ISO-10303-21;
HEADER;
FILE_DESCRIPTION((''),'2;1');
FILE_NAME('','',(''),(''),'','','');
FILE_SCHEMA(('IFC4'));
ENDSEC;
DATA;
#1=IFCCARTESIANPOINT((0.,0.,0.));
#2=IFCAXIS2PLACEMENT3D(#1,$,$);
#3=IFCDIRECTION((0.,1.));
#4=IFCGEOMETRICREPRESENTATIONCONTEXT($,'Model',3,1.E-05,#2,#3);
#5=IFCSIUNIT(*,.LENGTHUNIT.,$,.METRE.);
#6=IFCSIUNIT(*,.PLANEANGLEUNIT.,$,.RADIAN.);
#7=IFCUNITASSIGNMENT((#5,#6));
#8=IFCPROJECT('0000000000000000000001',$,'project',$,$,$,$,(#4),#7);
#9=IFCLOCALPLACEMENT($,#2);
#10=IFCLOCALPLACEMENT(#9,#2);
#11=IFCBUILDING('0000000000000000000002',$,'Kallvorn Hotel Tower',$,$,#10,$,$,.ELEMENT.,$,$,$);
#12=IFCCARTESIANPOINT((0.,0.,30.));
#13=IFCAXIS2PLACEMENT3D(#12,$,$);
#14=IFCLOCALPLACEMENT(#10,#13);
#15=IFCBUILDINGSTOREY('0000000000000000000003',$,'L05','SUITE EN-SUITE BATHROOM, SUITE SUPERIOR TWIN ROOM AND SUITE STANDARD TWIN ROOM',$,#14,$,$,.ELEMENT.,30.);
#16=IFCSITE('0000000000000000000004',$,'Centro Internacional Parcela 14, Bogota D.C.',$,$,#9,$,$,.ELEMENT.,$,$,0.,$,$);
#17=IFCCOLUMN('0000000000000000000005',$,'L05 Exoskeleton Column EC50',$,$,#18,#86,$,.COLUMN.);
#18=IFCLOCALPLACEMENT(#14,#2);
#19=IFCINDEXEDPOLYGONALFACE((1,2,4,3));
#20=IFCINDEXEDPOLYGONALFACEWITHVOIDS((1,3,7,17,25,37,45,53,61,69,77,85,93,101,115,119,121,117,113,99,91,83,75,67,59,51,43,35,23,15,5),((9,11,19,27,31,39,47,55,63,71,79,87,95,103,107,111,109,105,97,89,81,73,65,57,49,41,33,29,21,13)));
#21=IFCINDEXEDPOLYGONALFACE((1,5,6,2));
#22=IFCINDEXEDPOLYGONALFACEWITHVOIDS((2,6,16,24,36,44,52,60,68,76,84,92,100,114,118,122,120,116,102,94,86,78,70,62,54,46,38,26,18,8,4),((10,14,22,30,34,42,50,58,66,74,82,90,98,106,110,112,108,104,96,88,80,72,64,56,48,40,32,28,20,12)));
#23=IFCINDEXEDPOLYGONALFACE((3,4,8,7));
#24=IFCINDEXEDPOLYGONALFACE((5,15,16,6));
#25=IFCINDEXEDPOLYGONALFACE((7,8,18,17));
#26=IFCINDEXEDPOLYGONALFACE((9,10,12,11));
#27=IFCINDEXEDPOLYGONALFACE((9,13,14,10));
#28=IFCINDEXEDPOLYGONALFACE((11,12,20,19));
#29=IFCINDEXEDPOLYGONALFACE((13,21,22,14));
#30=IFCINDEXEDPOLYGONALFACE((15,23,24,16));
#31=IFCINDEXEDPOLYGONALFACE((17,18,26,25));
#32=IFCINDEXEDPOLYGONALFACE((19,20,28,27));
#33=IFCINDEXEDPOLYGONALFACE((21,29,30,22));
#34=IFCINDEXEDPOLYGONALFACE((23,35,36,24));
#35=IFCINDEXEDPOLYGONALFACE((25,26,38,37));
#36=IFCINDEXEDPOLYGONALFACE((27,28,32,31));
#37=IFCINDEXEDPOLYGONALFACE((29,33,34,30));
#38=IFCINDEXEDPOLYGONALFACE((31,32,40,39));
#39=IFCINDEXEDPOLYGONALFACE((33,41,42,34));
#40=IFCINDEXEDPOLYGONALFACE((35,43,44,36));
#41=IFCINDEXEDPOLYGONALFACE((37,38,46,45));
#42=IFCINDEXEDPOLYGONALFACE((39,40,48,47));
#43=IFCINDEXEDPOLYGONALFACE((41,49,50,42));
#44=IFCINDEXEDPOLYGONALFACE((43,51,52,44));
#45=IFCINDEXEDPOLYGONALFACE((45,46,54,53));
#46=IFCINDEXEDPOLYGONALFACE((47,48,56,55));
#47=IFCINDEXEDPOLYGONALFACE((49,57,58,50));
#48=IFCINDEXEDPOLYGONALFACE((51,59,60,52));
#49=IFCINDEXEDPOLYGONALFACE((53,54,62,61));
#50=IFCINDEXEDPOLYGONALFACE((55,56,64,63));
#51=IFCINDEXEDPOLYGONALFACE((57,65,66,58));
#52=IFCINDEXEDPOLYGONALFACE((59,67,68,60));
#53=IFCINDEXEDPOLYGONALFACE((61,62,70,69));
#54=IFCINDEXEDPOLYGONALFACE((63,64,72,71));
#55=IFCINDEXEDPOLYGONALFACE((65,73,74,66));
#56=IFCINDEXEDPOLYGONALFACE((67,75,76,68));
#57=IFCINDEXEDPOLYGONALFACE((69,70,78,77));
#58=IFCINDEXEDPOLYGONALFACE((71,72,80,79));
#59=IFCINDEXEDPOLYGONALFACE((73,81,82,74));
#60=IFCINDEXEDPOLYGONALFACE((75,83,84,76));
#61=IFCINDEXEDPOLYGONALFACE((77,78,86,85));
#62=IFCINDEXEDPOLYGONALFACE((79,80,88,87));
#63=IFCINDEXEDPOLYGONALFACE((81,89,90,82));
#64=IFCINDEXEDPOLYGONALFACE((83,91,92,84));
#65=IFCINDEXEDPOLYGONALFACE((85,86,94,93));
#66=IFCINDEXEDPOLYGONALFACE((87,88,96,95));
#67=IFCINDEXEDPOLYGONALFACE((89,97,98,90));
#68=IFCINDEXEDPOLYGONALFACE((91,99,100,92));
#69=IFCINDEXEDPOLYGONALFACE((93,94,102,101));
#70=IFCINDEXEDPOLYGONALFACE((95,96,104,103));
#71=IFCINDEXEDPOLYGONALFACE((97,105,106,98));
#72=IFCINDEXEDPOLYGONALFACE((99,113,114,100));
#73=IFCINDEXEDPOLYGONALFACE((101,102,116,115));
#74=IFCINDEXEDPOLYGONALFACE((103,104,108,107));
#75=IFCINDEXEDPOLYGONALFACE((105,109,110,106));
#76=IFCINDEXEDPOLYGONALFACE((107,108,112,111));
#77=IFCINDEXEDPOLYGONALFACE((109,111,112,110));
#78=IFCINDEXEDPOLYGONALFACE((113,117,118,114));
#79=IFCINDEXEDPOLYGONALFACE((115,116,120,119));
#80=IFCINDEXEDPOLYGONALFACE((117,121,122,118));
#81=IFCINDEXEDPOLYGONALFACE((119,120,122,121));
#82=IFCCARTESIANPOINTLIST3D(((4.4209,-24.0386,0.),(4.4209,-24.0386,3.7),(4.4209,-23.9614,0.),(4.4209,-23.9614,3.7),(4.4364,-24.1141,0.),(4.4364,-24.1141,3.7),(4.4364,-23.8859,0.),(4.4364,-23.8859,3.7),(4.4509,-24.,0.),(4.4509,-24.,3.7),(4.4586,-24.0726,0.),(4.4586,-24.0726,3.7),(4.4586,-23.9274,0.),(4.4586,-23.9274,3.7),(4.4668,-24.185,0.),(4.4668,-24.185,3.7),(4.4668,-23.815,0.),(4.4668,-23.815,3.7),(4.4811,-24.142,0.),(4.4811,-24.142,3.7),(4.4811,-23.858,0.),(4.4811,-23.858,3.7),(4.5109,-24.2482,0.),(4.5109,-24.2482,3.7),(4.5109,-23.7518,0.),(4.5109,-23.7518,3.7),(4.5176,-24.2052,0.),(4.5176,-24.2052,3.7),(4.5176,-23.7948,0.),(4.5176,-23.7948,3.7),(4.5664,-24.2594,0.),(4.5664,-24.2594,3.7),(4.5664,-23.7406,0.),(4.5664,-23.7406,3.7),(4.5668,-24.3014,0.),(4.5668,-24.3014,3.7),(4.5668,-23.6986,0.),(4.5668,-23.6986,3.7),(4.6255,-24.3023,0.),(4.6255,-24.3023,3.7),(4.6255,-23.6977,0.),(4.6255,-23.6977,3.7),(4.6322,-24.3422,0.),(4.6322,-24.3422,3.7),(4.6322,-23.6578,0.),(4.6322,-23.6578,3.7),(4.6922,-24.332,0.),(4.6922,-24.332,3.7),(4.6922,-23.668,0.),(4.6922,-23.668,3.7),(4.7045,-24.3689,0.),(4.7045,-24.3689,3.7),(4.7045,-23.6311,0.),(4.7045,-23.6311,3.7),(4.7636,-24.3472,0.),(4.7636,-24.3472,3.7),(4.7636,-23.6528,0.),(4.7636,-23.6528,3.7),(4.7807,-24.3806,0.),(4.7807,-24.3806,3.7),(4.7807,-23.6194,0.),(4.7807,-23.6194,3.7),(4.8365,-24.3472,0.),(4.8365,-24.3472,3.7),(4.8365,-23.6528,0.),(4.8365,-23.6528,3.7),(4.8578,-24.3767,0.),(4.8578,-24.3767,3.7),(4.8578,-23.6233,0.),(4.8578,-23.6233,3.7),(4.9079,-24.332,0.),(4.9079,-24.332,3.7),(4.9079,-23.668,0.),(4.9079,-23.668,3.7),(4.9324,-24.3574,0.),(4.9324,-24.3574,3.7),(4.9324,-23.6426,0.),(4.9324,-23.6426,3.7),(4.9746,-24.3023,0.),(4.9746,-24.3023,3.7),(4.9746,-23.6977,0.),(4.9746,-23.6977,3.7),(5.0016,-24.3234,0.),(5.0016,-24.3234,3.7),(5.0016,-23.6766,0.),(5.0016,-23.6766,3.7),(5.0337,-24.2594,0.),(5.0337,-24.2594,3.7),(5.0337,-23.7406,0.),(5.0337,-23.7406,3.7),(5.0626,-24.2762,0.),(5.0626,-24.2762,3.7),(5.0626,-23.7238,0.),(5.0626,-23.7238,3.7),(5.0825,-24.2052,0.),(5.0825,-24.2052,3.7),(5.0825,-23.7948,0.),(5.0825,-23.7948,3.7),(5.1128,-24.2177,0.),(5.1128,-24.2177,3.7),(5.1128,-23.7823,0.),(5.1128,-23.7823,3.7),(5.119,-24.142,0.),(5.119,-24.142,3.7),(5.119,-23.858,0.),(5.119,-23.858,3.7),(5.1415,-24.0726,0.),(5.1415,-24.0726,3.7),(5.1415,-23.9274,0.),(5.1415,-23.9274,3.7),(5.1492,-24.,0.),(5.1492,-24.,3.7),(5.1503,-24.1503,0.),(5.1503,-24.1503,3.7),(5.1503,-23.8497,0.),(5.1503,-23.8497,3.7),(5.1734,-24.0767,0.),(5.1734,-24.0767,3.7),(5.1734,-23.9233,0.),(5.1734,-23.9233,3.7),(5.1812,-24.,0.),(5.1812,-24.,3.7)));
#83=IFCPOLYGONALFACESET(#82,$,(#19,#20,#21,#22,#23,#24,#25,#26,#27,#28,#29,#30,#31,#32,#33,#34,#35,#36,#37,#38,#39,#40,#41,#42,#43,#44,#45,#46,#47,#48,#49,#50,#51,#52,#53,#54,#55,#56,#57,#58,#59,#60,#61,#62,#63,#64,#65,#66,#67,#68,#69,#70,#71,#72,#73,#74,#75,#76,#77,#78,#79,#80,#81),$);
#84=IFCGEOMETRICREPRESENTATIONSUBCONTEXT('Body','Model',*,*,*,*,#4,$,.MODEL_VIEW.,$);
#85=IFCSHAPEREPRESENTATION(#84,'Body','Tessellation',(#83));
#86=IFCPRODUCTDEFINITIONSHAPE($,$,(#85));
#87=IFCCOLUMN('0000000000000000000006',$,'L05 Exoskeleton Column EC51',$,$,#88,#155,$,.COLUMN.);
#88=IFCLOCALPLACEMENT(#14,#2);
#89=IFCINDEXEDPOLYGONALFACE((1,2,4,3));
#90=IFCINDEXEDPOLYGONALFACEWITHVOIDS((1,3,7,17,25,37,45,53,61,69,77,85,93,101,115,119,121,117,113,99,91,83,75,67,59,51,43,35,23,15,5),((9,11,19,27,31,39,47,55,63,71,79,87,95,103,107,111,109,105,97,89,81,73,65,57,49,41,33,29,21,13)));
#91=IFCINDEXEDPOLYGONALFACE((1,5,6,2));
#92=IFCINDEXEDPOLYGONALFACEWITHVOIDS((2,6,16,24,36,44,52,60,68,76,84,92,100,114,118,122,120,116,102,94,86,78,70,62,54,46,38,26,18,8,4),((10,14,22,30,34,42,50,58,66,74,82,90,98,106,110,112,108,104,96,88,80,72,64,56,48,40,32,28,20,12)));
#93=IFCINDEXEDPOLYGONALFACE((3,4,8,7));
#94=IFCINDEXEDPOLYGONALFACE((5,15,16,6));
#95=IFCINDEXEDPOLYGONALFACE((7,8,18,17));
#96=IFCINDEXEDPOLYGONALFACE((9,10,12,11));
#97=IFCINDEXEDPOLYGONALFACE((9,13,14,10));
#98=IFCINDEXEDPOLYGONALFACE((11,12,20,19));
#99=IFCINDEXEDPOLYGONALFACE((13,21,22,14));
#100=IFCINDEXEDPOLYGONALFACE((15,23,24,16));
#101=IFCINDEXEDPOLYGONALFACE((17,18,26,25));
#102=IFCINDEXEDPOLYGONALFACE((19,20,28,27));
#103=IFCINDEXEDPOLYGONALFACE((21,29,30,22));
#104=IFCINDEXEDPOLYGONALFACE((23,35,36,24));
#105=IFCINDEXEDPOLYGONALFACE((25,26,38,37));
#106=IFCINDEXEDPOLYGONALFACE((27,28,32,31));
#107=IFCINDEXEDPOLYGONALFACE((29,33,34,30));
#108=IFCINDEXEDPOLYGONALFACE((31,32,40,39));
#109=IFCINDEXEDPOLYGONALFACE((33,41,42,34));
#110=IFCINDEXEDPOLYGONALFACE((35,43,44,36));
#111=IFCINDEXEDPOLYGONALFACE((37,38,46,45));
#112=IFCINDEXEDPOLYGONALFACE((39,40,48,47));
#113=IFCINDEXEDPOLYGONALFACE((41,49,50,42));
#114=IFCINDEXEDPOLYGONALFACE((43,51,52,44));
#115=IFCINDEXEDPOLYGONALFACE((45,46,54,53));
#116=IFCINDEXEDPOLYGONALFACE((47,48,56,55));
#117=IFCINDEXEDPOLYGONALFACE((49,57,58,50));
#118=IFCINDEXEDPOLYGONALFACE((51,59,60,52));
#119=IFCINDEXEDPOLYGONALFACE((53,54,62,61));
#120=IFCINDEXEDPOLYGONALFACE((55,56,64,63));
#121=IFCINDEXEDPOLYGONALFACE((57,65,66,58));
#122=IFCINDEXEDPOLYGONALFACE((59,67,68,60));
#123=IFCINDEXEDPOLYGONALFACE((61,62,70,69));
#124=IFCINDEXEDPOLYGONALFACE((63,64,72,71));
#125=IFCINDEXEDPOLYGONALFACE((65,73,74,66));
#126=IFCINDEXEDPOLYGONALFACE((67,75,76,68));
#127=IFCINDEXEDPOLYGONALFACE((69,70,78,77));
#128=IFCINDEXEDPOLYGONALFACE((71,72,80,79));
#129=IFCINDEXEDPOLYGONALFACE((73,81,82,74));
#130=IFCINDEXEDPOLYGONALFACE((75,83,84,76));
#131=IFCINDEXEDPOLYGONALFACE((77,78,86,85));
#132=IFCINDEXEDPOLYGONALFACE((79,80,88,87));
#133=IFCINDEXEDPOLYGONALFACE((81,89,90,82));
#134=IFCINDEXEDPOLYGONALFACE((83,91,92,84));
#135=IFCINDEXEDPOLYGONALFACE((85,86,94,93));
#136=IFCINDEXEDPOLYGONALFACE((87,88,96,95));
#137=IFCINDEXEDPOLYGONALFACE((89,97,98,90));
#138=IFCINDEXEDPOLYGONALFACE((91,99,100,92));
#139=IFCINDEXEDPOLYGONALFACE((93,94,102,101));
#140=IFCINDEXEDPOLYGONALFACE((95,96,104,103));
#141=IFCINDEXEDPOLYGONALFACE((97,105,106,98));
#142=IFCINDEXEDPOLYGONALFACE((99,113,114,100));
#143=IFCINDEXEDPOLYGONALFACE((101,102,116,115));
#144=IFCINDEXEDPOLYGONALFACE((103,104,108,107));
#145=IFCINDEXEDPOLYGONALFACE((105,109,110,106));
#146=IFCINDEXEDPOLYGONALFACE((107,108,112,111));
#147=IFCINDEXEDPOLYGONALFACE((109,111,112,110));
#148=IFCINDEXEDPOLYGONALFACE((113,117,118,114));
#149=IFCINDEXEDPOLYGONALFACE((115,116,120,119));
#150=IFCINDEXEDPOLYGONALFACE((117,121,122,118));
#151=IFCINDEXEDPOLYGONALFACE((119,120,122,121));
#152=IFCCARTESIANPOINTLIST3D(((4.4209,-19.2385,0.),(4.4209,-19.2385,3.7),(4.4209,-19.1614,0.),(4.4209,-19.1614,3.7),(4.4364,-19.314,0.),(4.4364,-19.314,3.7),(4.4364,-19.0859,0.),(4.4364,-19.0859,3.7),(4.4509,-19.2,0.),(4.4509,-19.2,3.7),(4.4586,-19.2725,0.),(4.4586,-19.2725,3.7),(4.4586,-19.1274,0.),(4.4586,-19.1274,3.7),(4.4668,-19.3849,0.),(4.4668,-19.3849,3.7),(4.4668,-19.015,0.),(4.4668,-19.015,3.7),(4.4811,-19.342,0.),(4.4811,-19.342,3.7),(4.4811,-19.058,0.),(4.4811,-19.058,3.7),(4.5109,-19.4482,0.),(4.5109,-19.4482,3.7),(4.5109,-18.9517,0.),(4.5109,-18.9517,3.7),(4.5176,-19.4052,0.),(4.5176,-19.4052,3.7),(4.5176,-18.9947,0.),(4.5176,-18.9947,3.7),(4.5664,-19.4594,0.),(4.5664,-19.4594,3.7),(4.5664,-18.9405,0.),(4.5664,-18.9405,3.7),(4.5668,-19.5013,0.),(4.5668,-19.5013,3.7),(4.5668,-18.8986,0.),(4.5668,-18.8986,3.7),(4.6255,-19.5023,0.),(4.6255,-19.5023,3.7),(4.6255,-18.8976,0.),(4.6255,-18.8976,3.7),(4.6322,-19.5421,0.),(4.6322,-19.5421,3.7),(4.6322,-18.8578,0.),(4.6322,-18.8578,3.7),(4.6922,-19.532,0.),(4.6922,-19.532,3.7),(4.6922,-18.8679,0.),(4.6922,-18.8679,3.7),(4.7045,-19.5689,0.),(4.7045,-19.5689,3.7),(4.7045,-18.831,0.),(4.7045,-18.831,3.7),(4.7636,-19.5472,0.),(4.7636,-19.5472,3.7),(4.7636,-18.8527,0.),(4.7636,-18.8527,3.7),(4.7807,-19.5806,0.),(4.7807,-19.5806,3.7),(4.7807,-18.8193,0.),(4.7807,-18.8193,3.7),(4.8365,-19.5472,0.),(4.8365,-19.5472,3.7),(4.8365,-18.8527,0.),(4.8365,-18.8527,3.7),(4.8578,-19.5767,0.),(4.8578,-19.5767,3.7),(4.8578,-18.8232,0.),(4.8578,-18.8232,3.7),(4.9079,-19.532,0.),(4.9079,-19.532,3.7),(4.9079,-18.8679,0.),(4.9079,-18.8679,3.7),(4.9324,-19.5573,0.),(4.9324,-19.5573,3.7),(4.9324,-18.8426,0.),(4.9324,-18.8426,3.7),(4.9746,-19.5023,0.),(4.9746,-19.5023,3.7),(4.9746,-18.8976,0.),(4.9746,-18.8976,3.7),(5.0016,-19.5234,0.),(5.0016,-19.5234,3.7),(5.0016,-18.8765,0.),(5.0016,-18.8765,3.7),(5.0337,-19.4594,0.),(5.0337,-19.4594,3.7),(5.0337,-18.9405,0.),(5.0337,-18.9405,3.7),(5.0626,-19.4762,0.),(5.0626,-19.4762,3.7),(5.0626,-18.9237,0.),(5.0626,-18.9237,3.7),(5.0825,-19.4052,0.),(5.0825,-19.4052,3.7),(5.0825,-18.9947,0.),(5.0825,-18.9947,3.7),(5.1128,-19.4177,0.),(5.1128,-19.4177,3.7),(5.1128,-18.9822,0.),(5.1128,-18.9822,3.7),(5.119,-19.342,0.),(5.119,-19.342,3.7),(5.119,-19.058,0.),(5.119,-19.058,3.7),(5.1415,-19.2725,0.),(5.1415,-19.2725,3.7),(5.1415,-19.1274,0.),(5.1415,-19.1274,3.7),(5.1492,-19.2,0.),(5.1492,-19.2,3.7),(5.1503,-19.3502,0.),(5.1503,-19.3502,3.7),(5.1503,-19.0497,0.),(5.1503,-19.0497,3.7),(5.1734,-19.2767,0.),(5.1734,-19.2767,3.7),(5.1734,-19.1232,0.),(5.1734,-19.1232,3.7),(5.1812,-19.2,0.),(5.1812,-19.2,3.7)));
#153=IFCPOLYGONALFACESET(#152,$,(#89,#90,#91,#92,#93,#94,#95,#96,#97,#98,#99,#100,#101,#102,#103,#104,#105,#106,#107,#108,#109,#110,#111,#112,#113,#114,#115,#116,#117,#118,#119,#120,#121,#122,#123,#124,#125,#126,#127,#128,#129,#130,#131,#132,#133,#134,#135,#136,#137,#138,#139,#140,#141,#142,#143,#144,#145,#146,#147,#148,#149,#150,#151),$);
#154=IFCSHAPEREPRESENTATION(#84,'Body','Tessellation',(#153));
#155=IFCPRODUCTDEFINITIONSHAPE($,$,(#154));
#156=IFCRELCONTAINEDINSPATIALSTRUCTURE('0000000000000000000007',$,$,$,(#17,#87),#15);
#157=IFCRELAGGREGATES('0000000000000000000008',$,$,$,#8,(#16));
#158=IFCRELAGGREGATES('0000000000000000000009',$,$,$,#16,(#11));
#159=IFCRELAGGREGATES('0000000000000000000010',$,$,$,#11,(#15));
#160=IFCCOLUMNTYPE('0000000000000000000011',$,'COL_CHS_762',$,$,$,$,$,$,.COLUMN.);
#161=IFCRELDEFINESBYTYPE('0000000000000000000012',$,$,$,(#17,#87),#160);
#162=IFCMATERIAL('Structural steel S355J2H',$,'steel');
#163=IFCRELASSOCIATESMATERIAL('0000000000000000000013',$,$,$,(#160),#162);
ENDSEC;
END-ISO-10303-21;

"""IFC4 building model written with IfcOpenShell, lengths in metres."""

from ifc_helpers import new_model, si_unit, direction, frame, origin, origin_2d, place, context, subcontext, project, spatial, hollow_circle, extrude, material, material_profile, profile_set, type_object, element, save


model = new_model("IFC4")

# Units and contexts
model_context = context("Model", 3, precision=1e-05, world=origin(), true_north=direction((0.0, 1.0)))
body_context = subcontext(model_context, "Body", "Model", "MODEL_VIEW")
ifc_project = project(units=[si_unit("LENGTHUNIT", "METRE"), si_unit("PLANEANGLEUNIT", "RADIAN")], contexts=[model_context])

# Site, building, storey
site_placement = place(None, origin())
site = spatial("IfcSite", under=ifc_project, at=site_placement, Name="Centro Internacional Parcela 14, Bogota D.C.", CompositionType="ELEMENT", RefElevation=0.0)
building_placement = place(site_placement, origin())
building = spatial("IfcBuilding", under=site, at=building_placement, Name="Kallvorn Hotel Tower", CompositionType="ELEMENT")
storey_placement = place(building_placement, frame((0.0, 0.0, 30.0)))
storey = spatial("IfcBuildingStorey", under=building, at=storey_placement, Name="L05", Description="SUITE EN-SUITE BATHROOM, SUITE SUPERIOR TWIN ROOM AND SUITE STANDARD TWIN ROOM", CompositionType="ELEMENT", Elevation=30.0)

# Columns
ifc_material_1 = material(Name="Structural steel S355J2H", Category="steel")
ifc_material_profile_1 = material_profile(ifc_material_1, hollow_circle(Radius=0.3811, WallThickness=0.032, at=origin_2d()), Name="CHS 762x32")
ifc_profile_set_1 = profile_set([ifc_material_profile_1], Name="Structural steel S355J2H")
column_type_1 = type_object("IfcColumnType", Name="COL_CHS_762", PredefinedType="COLUMN", material=ifc_profile_set_1)
for number, where, z_axis, x_axis, name in (
    (1, (4.8, -24.0, 0.0), (0.0, 0.0, 1.0), (1.0, 0.0, 0.0), "L05 Exoskeleton Column EC50"),
    (2, (4.8, -19.2, 0.0), (0.0, 0.0, 1.0), (1.0, 0.0, 0.0), "L05 Exoskeleton Column EC51"),
):
    element("IfcColumn", number, at=place(storey_placement, frame(where, z_axis=z_axis, x_axis=x_axis)), inside=storey, type_object=column_type_1, Name=name, PredefinedType="COLUMN", context=body_context, shape_type="SweptSolid", body=[
        extrude(hollow_circle(Radius=0.3811, WallThickness=0.032, at=origin_2d()), origin(), (0.0, 0.0, 1.0), 3.7),
    ])

save(model, "model.ifc")
